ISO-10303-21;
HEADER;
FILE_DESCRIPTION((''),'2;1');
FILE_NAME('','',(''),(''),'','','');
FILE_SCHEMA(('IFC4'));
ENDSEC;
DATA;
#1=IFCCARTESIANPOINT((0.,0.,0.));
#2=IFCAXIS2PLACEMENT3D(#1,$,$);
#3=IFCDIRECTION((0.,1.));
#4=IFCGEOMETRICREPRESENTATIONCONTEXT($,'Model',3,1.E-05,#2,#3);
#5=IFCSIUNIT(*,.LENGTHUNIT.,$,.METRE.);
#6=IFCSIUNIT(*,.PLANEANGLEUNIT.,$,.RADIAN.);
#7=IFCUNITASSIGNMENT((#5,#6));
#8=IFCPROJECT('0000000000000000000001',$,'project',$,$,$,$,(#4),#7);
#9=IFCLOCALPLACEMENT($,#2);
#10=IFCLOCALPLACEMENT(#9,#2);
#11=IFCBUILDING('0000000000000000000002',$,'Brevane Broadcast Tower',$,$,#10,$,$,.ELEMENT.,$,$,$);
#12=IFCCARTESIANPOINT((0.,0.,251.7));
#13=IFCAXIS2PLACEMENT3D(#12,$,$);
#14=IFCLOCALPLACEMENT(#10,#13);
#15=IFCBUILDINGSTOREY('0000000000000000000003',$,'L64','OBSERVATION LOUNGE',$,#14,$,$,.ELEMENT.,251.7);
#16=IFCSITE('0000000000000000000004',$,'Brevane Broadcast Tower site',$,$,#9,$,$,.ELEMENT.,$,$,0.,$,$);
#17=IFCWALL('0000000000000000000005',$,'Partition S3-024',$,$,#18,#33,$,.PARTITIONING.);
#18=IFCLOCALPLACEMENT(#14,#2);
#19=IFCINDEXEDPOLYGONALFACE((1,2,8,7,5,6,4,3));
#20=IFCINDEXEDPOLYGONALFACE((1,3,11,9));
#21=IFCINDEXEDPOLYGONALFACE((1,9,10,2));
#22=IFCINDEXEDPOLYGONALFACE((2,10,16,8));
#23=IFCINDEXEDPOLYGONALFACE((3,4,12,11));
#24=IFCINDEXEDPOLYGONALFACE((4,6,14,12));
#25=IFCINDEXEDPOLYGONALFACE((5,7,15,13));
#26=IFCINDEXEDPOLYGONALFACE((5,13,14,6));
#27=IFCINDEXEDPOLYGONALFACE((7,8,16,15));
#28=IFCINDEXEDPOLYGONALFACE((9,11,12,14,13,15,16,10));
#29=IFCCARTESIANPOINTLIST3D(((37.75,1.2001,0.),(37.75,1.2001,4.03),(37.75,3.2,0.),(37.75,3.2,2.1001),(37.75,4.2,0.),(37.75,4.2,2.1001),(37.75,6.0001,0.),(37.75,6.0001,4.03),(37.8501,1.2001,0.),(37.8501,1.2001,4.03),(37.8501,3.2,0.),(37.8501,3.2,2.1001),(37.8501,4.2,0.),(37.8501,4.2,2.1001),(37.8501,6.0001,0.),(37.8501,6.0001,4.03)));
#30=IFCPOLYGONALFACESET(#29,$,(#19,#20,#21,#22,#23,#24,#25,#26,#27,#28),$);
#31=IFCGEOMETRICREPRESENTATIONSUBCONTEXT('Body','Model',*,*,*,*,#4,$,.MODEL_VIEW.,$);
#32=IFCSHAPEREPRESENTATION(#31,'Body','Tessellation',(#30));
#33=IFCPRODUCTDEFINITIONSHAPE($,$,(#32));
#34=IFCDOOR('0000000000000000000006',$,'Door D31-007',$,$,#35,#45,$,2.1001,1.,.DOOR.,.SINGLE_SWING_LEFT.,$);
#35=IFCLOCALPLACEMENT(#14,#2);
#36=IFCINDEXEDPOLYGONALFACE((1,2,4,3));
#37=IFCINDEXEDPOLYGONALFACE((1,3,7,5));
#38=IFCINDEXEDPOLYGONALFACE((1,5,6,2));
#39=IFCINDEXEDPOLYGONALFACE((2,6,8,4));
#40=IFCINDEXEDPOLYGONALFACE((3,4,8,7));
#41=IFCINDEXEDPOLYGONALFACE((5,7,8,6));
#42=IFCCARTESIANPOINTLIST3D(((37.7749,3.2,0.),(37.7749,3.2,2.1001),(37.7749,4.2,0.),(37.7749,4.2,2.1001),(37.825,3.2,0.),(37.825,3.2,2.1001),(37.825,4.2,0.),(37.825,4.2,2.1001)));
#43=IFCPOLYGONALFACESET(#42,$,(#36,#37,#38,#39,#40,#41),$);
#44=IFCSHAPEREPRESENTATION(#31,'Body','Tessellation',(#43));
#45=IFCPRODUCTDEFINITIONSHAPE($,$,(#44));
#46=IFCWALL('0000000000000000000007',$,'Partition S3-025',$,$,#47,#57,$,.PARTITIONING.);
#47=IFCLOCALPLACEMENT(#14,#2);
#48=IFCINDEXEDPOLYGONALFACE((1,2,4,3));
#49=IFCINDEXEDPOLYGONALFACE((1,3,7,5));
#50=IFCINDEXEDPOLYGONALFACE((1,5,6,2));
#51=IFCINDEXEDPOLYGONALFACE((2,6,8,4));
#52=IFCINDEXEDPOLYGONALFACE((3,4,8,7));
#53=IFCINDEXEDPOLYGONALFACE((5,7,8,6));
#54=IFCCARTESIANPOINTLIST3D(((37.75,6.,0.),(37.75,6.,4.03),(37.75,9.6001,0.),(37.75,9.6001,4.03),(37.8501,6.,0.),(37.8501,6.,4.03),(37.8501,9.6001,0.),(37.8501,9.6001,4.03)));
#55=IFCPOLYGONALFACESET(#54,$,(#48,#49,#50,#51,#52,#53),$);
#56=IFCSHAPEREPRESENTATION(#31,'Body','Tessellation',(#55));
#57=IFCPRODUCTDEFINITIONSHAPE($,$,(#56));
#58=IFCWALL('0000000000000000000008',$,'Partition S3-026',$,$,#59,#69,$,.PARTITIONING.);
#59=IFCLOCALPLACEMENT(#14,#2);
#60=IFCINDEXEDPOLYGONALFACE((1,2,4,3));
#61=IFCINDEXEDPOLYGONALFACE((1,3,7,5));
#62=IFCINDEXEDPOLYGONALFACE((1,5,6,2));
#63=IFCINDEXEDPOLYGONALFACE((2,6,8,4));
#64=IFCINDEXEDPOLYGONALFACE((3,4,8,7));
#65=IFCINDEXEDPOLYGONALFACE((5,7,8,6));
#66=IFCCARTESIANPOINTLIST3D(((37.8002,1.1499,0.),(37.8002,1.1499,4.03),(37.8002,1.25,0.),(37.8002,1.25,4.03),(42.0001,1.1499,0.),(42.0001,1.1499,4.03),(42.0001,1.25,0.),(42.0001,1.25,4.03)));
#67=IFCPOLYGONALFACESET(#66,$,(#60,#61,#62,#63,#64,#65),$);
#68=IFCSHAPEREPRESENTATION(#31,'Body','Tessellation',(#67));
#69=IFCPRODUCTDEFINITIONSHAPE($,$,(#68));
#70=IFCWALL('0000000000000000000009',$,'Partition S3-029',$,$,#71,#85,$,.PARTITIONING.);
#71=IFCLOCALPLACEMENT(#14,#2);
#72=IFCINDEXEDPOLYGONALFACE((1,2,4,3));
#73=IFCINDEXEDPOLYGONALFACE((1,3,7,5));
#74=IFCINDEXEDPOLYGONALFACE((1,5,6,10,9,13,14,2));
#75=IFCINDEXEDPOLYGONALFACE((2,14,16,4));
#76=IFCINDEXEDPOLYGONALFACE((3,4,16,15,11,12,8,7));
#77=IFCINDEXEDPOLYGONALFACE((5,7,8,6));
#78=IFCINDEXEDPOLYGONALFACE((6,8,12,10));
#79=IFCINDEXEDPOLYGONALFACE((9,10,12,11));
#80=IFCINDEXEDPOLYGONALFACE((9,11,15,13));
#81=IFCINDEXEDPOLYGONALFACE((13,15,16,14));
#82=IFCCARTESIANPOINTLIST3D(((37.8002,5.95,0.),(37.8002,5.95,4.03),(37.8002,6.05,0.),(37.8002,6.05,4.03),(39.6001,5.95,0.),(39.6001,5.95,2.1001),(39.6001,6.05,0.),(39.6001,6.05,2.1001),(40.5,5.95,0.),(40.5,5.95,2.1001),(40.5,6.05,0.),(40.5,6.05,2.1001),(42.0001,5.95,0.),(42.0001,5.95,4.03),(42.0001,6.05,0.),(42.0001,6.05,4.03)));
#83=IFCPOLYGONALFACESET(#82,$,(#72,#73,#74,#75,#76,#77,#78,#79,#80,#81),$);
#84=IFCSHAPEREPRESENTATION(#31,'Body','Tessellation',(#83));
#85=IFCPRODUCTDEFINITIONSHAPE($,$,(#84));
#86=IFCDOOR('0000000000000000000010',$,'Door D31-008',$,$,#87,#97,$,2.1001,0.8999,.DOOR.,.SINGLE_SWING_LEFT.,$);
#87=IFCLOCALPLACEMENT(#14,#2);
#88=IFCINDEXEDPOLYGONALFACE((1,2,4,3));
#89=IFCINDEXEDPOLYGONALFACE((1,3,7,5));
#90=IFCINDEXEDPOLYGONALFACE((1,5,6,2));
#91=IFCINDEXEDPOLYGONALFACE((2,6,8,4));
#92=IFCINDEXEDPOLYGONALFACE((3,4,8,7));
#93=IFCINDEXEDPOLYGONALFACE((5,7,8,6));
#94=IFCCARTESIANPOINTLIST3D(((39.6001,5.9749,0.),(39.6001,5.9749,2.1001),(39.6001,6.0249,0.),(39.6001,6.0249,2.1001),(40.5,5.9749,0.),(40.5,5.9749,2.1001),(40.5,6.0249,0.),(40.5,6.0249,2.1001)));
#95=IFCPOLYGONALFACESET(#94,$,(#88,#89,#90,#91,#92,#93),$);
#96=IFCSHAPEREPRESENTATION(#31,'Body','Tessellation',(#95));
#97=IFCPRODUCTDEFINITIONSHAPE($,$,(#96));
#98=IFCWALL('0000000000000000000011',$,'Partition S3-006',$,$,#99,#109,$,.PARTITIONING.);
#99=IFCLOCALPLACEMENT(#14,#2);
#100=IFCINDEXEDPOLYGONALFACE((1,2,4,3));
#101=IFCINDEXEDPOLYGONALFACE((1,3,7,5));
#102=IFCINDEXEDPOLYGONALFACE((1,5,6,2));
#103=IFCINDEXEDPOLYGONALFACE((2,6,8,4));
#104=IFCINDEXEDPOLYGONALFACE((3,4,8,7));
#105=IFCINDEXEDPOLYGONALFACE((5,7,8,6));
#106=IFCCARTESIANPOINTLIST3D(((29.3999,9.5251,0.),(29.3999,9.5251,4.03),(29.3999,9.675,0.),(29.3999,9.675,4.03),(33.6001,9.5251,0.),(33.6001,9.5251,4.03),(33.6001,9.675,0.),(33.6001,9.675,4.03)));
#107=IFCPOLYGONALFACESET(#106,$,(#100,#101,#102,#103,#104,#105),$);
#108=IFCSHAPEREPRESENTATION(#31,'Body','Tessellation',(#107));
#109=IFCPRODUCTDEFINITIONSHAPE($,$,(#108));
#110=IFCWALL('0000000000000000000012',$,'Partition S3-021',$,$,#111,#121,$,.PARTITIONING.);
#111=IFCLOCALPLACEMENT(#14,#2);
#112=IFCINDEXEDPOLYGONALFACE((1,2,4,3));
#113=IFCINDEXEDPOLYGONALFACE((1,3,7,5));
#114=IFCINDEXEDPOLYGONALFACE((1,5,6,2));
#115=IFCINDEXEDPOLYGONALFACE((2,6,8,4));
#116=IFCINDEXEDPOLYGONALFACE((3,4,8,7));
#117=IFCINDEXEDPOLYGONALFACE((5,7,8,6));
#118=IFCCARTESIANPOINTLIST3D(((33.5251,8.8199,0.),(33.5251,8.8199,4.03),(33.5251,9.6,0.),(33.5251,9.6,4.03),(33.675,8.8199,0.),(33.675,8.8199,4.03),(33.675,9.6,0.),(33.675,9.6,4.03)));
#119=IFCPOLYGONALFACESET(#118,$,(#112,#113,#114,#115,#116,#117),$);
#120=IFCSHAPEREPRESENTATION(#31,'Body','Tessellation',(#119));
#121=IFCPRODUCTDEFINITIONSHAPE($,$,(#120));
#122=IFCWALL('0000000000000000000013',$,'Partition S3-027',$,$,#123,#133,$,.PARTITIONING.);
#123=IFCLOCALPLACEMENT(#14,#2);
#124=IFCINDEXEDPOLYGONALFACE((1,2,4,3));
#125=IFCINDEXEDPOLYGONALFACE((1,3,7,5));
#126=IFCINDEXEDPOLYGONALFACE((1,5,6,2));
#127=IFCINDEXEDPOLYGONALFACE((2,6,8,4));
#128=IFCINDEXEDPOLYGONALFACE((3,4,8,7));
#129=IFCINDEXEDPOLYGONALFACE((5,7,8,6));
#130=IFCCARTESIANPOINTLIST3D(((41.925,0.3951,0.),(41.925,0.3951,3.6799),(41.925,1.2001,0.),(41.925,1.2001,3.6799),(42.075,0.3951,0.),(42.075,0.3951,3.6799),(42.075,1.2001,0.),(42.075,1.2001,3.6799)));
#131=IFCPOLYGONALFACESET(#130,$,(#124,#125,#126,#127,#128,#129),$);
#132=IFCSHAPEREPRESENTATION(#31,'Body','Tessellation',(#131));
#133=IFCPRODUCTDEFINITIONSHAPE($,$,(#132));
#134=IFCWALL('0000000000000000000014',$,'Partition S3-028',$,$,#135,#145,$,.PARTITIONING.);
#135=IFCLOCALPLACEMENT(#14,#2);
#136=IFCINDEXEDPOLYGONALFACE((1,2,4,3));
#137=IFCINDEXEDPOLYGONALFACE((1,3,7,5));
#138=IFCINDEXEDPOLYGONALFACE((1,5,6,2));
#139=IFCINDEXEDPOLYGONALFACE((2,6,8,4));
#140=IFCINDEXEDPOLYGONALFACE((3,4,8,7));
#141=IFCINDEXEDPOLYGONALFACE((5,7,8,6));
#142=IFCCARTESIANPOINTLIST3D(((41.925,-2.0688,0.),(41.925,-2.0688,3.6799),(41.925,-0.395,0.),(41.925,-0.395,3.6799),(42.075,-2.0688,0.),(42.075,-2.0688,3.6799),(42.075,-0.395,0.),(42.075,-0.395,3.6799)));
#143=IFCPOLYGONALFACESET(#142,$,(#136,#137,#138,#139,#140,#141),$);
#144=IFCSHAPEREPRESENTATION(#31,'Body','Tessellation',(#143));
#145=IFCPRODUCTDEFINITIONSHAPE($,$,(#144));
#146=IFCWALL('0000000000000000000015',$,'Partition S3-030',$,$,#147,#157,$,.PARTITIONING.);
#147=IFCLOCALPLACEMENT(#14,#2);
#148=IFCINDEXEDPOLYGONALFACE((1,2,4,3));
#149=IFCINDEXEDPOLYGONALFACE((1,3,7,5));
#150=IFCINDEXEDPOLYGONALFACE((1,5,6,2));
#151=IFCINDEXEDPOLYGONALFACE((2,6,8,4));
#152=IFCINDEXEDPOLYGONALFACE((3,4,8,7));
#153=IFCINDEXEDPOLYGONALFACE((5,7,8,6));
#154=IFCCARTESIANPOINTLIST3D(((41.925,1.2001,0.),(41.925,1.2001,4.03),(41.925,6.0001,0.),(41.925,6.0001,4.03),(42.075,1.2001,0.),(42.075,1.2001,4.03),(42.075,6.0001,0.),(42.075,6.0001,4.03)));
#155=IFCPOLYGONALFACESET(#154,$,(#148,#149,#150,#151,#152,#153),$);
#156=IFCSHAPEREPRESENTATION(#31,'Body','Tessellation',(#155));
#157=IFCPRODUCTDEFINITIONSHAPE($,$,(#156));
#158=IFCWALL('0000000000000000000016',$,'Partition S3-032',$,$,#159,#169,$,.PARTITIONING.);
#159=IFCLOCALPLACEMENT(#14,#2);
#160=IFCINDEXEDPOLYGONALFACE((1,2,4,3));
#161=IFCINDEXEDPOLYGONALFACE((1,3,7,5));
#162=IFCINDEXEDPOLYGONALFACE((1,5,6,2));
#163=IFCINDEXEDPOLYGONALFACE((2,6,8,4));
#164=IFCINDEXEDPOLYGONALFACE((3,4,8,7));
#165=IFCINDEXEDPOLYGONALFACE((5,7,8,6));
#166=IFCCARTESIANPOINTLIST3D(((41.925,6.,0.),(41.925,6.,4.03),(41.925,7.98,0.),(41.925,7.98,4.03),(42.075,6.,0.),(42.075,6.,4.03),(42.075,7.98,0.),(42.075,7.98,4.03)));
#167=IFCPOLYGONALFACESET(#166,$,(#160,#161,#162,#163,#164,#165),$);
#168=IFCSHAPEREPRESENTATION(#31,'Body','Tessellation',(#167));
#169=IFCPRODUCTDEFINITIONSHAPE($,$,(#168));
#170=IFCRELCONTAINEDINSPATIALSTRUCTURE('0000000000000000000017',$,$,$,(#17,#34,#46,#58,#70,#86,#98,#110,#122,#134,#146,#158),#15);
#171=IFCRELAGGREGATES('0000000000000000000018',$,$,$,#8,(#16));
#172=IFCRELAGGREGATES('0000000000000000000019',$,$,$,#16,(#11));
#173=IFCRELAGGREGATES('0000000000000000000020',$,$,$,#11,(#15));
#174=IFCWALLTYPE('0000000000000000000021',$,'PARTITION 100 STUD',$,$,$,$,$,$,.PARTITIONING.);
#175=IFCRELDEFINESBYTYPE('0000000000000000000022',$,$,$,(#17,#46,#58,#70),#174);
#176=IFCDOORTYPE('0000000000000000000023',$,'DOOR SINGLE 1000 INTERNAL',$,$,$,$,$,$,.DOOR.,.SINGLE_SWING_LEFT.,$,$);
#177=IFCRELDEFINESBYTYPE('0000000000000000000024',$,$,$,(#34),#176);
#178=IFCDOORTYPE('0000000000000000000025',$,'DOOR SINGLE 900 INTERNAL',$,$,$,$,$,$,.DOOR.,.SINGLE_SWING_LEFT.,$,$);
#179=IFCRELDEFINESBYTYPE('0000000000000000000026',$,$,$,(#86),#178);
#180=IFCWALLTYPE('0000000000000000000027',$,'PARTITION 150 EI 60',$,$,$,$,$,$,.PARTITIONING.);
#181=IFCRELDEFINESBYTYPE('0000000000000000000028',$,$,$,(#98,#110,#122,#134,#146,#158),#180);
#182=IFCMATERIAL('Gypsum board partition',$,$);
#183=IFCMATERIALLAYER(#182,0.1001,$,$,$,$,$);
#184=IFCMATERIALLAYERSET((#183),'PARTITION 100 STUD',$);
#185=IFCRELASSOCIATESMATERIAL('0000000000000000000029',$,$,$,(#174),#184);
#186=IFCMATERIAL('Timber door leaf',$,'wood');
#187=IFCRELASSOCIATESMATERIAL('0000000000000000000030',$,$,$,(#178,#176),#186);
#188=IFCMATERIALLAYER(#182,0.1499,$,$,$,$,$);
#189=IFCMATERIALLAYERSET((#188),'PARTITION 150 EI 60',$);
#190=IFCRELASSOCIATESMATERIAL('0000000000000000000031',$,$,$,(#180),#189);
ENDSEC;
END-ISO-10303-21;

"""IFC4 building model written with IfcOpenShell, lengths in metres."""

from ifc_helpers import new_model, si_unit, direction, frame, frame_2d, origin, place, context, subcontext, project, spatial, rectangle, extrude, material, layer, layer_set, type_object, element, fill, save


model = new_model("IFC4")

# Units and contexts
model_context = context("Model", 3, precision=1e-05, world=origin(), true_north=direction((0.0, 1.0)))
body_context = subcontext(model_context, "Body", "Model", "MODEL_VIEW")
ifc_project = project(units=[si_unit("LENGTHUNIT", "METRE"), si_unit("PLANEANGLEUNIT", "RADIAN")], contexts=[model_context])

# Site, building, storey
site_placement = place(None, origin())
site = spatial("IfcSite", under=ifc_project, at=site_placement, Name="Brevane Broadcast Tower site", CompositionType="ELEMENT", RefElevation=0.0)
building_placement = place(site_placement, origin())
building = spatial("IfcBuilding", under=site, at=building_placement, Name="Brevane Broadcast Tower", CompositionType="ELEMENT")
storey_placement = place(building_placement, frame((0.0, 0.0, 251.7)))
storey = spatial("IfcBuildingStorey", under=building, at=storey_placement, Name="L64", Description="OBSERVATION LOUNGE", CompositionType="ELEMENT", Elevation=251.7)

# Wall, opening, door
ifc_material_1 = material(Name="Gypsum board partition")
ifc_layer_1 = layer(ifc_material_1, 0.1001)
ifc_layer_set_1 = layer_set([ifc_layer_1], Name="PARTITION 100 STUD")
wall_type_1 = type_object("IfcWallType", Name="PARTITION 100 STUD", PredefinedType="PARTITIONING", material=ifc_layer_set_1)
ifc_material_2 = material(Name="Timber door leaf", Category="wood")
door_type_1 = type_object("IfcDoorType", Name="DOOR SINGLE 900 INTERNAL", OperationType="SINGLE_SWING_LEFT", PredefinedType="DOOR", material=ifc_material_2)
wall_1_placement = place(storey_placement, frame((37.8, 6.0, 0.0), z_axis=(0.0, 0.0, 1.0), x_axis=(0.0, -1.0, 0.0)))
wall_1 = element("IfcWall", 1, at=wall_1_placement, inside=storey, type_object=wall_type_1, Name="Partition S3-024", PredefinedType="PARTITIONING", context=body_context, shape_type="SweptSolid", body=[
    extrude(rectangle(XDim=4.8, YDim=0.1001, at=frame_2d((2.3999, 0.0))), origin(), (0.0, 0.0, 1.0), 4.03),
])
opening_1_placement = place(wall_1_placement, frame((1.8, 0.0, 0.0)))
opening_1 = element("IfcOpeningElement", 2, at=opening_1_placement, cuts=wall_1, PredefinedType="OPENING", context=body_context, shape_type="SweptSolid", body=[
    extrude(rectangle(XDim=1.0, YDim=2.1001, at=frame_2d((0.5, 1.05))), frame((0.0, 0.0601, 0.0), z_axis=(0.0, -1.0, 0.0), x_axis=(1.0, 0.0, 0.0)), (0.0, 0.0, 1.0), 0.1201),
])
door_type_2 = type_object("IfcDoorType", Name="DOOR SINGLE 1000 INTERNAL", OperationType="SINGLE_SWING_LEFT", PredefinedType="DOOR", material=ifc_material_2)
door_1_placement = place(opening_1_placement, origin())
door_1 = element("IfcDoor", 3, at=door_1_placement, inside=storey, type_object=door_type_2, Name="Door D31-007", OperationType="SINGLE_SWING_LEFT", OverallHeight=2.1001, OverallWidth=1.0, PredefinedType="DOOR", context=body_context, shape_type="SweptSolid", body=[
    extrude(rectangle(XDim=1.0, YDim=2.1001, at=frame_2d((0.5, 1.05))), frame((0.0, 0.0249, 0.0), z_axis=(0.0, -1.0, 0.0), x_axis=(1.0, 0.0, 0.0)), (0.0, 0.0, 1.0), 0.05),
])
fill(opening_1, door_1)

# Walls
wall_2_placement = place(storey_placement, frame((37.8, 9.6001, 0.0), z_axis=(0.0, 0.0, 1.0), x_axis=(0.0, -1.0, 0.0)))
element("IfcWall", 4, at=wall_2_placement, inside=storey, type_object=wall_type_1, Name="Partition S3-025", PredefinedType="PARTITIONING", context=body_context, shape_type="SweptSolid", body=[
    extrude(rectangle(XDim=3.6001, YDim=0.1001, at=frame_2d((1.8, 0.0))), origin(), (0.0, 0.0, 1.0), 4.03),
])
wall_3_placement = place(storey_placement, frame((37.8, 1.2, 0.0), z_axis=(0.0, 0.0, 1.0), x_axis=(1.0, 0.0, 0.0)))
element("IfcWall", 5, at=wall_3_placement, inside=storey, type_object=wall_type_1, Name="Partition S3-026", PredefinedType="PARTITIONING", context=body_context, shape_type="SweptSolid", body=[
    extrude(rectangle(XDim=4.2, YDim=0.1001, at=frame_2d((2.1001, 0.0))), origin(), (0.0, 0.0, 1.0), 4.03),
])

# Wall, opening, door
wall_4_placement = place(storey_placement, frame((37.8, 6.0, 0.0), z_axis=(0.0, 0.0, 1.0), x_axis=(1.0, 0.0, 0.0)))
wall_4 = element("IfcWall", 6, at=wall_4_placement, inside=storey, type_object=wall_type_1, Name="Partition S3-029", PredefinedType="PARTITIONING", context=body_context, shape_type="SweptSolid", body=[
    extrude(rectangle(XDim=4.2, YDim=0.1001, at=frame_2d((2.1001, 0.0))), origin(), (0.0, 0.0, 1.0), 4.03),
])
opening_2_placement = place(wall_4_placement, frame((1.8, 0.0, 0.0)))
opening_2 = element("IfcOpeningElement", 7, at=opening_2_placement, cuts=wall_4, PredefinedType="OPENING", context=body_context, shape_type="SweptSolid", body=[
    extrude(rectangle(XDim=0.8999, YDim=2.1001, at=frame_2d((0.45, 1.05))), frame((0.0, 0.0601, 0.0), z_axis=(0.0, -1.0, 0.0), x_axis=(1.0, 0.0, 0.0)), (0.0, 0.0, 1.0), 0.1201),
])
door_2_placement = place(opening_2_placement, origin())
door_2 = element("IfcDoor", 8, at=door_2_placement, inside=storey, type_object=door_type_1, Name="Door D31-008", OperationType="SINGLE_SWING_LEFT", OverallHeight=2.1001, OverallWidth=0.8999, PredefinedType="DOOR", context=body_context, shape_type="SweptSolid", body=[
    extrude(rectangle(XDim=0.8999, YDim=2.1001, at=frame_2d((0.45, 1.05))), frame((0.0, 0.0249, 0.0), z_axis=(0.0, -1.0, 0.0), x_axis=(1.0, 0.0, 0.0)), (0.0, 0.0, 1.0), 0.05),
])
fill(opening_2, door_2)

# Wall
ifc_layer_2 = layer(ifc_material_1, 0.1499)
ifc_layer_set_2 = layer_set([ifc_layer_2], Name="PARTITION 150 EI 60")
wall_type_2 = type_object("IfcWallType", Name="PARTITION 150 EI 60", PredefinedType="PARTITIONING", material=ifc_layer_set_2)
wall_5_placement = place(storey_placement, frame((33.6001, 9.6001, 0.0), z_axis=(0.0, 0.0, 1.0), x_axis=(-1.0, 0.0, 0.0)))
element("IfcWall", 9, at=wall_5_placement, inside=storey, type_object=wall_type_2, Name="Partition S3-006", PredefinedType="PARTITIONING", context=body_context, shape_type="SweptSolid", body=[
    extrude(rectangle(XDim=4.2002, YDim=0.1499, at=frame_2d((2.1001, 0.0))), origin(), (0.0, 0.0, 1.0), 4.03),
])

# Walls
wall_6_placement = place(storey_placement, frame((33.6001, 9.6001, 0.0), z_axis=(0.0, 0.0, 1.0), x_axis=(0.0, -1.0, 0.0)))
element("IfcWall", 10, at=wall_6_placement, inside=storey, type_object=wall_type_2, Name="Partition S3-021", PredefinedType="PARTITIONING", context=body_context, shape_type="SweptSolid", body=[
    extrude(rectangle(XDim=0.78, YDim=0.1499, at=frame_2d((0.3901, 0.0))), origin(), (0.0, 0.0, 1.0), 4.03),
])
wall_7_placement = place(storey_placement, frame((42.0, 1.2, 0.0), z_axis=(0.0, 0.0, 1.0), x_axis=(0.0, -1.0, 0.0)))
element("IfcWall", 11, at=wall_7_placement, inside=storey, type_object=wall_type_2, Name="Partition S3-027", PredefinedType="PARTITIONING", context=body_context, shape_type="SweptSolid", body=[
    extrude(rectangle(XDim=0.8049, YDim=0.1499, at=frame_2d((0.4023, 0.0))), origin(), (0.0, 0.0, 1.0), 3.6799),
])
wall_8_placement = place(storey_placement, frame((42.0, -0.395, 0.0), z_axis=(0.0, 0.0, 1.0), x_axis=(0.0, -1.0, 0.0)))
element("IfcWall", 12, at=wall_8_placement, inside=storey, type_object=wall_type_2, Name="Partition S3-028", PredefinedType="PARTITIONING", context=body_context, shape_type="SweptSolid", body=[
    extrude(rectangle(XDim=1.6738, YDim=0.1499, at=frame_2d((0.8369, 0.0))), origin(), (0.0, 0.0, 1.0), 3.6799),
])
wall_9_placement = place(storey_placement, frame((42.0, 6.0, 0.0), z_axis=(0.0, 0.0, 1.0), x_axis=(0.0, -1.0, 0.0)))
element("IfcWall", 13, at=wall_9_placement, inside=storey, type_object=wall_type_2, Name="Partition S3-030", PredefinedType="PARTITIONING", context=body_context, shape_type="SweptSolid", body=[
    extrude(rectangle(XDim=4.8, YDim=0.1499, at=frame_2d((2.3999, 0.0))), origin(), (0.0, 0.0, 1.0), 4.03),
])
wall_10_placement = place(storey_placement, frame((42.0, 7.98, 0.0), z_axis=(0.0, 0.0, 1.0), x_axis=(0.0, -1.0, 0.0)))
element("IfcWall", 14, at=wall_10_placement, inside=storey, type_object=wall_type_2, Name="Partition S3-032", PredefinedType="PARTITIONING", context=body_context, shape_type="SweptSolid", body=[
    extrude(rectangle(XDim=1.98, YDim=0.1499, at=frame_2d((0.99, 0.0))), origin(), (0.0, 0.0, 1.0), 4.03),
])

save(model, "model.ifc")
